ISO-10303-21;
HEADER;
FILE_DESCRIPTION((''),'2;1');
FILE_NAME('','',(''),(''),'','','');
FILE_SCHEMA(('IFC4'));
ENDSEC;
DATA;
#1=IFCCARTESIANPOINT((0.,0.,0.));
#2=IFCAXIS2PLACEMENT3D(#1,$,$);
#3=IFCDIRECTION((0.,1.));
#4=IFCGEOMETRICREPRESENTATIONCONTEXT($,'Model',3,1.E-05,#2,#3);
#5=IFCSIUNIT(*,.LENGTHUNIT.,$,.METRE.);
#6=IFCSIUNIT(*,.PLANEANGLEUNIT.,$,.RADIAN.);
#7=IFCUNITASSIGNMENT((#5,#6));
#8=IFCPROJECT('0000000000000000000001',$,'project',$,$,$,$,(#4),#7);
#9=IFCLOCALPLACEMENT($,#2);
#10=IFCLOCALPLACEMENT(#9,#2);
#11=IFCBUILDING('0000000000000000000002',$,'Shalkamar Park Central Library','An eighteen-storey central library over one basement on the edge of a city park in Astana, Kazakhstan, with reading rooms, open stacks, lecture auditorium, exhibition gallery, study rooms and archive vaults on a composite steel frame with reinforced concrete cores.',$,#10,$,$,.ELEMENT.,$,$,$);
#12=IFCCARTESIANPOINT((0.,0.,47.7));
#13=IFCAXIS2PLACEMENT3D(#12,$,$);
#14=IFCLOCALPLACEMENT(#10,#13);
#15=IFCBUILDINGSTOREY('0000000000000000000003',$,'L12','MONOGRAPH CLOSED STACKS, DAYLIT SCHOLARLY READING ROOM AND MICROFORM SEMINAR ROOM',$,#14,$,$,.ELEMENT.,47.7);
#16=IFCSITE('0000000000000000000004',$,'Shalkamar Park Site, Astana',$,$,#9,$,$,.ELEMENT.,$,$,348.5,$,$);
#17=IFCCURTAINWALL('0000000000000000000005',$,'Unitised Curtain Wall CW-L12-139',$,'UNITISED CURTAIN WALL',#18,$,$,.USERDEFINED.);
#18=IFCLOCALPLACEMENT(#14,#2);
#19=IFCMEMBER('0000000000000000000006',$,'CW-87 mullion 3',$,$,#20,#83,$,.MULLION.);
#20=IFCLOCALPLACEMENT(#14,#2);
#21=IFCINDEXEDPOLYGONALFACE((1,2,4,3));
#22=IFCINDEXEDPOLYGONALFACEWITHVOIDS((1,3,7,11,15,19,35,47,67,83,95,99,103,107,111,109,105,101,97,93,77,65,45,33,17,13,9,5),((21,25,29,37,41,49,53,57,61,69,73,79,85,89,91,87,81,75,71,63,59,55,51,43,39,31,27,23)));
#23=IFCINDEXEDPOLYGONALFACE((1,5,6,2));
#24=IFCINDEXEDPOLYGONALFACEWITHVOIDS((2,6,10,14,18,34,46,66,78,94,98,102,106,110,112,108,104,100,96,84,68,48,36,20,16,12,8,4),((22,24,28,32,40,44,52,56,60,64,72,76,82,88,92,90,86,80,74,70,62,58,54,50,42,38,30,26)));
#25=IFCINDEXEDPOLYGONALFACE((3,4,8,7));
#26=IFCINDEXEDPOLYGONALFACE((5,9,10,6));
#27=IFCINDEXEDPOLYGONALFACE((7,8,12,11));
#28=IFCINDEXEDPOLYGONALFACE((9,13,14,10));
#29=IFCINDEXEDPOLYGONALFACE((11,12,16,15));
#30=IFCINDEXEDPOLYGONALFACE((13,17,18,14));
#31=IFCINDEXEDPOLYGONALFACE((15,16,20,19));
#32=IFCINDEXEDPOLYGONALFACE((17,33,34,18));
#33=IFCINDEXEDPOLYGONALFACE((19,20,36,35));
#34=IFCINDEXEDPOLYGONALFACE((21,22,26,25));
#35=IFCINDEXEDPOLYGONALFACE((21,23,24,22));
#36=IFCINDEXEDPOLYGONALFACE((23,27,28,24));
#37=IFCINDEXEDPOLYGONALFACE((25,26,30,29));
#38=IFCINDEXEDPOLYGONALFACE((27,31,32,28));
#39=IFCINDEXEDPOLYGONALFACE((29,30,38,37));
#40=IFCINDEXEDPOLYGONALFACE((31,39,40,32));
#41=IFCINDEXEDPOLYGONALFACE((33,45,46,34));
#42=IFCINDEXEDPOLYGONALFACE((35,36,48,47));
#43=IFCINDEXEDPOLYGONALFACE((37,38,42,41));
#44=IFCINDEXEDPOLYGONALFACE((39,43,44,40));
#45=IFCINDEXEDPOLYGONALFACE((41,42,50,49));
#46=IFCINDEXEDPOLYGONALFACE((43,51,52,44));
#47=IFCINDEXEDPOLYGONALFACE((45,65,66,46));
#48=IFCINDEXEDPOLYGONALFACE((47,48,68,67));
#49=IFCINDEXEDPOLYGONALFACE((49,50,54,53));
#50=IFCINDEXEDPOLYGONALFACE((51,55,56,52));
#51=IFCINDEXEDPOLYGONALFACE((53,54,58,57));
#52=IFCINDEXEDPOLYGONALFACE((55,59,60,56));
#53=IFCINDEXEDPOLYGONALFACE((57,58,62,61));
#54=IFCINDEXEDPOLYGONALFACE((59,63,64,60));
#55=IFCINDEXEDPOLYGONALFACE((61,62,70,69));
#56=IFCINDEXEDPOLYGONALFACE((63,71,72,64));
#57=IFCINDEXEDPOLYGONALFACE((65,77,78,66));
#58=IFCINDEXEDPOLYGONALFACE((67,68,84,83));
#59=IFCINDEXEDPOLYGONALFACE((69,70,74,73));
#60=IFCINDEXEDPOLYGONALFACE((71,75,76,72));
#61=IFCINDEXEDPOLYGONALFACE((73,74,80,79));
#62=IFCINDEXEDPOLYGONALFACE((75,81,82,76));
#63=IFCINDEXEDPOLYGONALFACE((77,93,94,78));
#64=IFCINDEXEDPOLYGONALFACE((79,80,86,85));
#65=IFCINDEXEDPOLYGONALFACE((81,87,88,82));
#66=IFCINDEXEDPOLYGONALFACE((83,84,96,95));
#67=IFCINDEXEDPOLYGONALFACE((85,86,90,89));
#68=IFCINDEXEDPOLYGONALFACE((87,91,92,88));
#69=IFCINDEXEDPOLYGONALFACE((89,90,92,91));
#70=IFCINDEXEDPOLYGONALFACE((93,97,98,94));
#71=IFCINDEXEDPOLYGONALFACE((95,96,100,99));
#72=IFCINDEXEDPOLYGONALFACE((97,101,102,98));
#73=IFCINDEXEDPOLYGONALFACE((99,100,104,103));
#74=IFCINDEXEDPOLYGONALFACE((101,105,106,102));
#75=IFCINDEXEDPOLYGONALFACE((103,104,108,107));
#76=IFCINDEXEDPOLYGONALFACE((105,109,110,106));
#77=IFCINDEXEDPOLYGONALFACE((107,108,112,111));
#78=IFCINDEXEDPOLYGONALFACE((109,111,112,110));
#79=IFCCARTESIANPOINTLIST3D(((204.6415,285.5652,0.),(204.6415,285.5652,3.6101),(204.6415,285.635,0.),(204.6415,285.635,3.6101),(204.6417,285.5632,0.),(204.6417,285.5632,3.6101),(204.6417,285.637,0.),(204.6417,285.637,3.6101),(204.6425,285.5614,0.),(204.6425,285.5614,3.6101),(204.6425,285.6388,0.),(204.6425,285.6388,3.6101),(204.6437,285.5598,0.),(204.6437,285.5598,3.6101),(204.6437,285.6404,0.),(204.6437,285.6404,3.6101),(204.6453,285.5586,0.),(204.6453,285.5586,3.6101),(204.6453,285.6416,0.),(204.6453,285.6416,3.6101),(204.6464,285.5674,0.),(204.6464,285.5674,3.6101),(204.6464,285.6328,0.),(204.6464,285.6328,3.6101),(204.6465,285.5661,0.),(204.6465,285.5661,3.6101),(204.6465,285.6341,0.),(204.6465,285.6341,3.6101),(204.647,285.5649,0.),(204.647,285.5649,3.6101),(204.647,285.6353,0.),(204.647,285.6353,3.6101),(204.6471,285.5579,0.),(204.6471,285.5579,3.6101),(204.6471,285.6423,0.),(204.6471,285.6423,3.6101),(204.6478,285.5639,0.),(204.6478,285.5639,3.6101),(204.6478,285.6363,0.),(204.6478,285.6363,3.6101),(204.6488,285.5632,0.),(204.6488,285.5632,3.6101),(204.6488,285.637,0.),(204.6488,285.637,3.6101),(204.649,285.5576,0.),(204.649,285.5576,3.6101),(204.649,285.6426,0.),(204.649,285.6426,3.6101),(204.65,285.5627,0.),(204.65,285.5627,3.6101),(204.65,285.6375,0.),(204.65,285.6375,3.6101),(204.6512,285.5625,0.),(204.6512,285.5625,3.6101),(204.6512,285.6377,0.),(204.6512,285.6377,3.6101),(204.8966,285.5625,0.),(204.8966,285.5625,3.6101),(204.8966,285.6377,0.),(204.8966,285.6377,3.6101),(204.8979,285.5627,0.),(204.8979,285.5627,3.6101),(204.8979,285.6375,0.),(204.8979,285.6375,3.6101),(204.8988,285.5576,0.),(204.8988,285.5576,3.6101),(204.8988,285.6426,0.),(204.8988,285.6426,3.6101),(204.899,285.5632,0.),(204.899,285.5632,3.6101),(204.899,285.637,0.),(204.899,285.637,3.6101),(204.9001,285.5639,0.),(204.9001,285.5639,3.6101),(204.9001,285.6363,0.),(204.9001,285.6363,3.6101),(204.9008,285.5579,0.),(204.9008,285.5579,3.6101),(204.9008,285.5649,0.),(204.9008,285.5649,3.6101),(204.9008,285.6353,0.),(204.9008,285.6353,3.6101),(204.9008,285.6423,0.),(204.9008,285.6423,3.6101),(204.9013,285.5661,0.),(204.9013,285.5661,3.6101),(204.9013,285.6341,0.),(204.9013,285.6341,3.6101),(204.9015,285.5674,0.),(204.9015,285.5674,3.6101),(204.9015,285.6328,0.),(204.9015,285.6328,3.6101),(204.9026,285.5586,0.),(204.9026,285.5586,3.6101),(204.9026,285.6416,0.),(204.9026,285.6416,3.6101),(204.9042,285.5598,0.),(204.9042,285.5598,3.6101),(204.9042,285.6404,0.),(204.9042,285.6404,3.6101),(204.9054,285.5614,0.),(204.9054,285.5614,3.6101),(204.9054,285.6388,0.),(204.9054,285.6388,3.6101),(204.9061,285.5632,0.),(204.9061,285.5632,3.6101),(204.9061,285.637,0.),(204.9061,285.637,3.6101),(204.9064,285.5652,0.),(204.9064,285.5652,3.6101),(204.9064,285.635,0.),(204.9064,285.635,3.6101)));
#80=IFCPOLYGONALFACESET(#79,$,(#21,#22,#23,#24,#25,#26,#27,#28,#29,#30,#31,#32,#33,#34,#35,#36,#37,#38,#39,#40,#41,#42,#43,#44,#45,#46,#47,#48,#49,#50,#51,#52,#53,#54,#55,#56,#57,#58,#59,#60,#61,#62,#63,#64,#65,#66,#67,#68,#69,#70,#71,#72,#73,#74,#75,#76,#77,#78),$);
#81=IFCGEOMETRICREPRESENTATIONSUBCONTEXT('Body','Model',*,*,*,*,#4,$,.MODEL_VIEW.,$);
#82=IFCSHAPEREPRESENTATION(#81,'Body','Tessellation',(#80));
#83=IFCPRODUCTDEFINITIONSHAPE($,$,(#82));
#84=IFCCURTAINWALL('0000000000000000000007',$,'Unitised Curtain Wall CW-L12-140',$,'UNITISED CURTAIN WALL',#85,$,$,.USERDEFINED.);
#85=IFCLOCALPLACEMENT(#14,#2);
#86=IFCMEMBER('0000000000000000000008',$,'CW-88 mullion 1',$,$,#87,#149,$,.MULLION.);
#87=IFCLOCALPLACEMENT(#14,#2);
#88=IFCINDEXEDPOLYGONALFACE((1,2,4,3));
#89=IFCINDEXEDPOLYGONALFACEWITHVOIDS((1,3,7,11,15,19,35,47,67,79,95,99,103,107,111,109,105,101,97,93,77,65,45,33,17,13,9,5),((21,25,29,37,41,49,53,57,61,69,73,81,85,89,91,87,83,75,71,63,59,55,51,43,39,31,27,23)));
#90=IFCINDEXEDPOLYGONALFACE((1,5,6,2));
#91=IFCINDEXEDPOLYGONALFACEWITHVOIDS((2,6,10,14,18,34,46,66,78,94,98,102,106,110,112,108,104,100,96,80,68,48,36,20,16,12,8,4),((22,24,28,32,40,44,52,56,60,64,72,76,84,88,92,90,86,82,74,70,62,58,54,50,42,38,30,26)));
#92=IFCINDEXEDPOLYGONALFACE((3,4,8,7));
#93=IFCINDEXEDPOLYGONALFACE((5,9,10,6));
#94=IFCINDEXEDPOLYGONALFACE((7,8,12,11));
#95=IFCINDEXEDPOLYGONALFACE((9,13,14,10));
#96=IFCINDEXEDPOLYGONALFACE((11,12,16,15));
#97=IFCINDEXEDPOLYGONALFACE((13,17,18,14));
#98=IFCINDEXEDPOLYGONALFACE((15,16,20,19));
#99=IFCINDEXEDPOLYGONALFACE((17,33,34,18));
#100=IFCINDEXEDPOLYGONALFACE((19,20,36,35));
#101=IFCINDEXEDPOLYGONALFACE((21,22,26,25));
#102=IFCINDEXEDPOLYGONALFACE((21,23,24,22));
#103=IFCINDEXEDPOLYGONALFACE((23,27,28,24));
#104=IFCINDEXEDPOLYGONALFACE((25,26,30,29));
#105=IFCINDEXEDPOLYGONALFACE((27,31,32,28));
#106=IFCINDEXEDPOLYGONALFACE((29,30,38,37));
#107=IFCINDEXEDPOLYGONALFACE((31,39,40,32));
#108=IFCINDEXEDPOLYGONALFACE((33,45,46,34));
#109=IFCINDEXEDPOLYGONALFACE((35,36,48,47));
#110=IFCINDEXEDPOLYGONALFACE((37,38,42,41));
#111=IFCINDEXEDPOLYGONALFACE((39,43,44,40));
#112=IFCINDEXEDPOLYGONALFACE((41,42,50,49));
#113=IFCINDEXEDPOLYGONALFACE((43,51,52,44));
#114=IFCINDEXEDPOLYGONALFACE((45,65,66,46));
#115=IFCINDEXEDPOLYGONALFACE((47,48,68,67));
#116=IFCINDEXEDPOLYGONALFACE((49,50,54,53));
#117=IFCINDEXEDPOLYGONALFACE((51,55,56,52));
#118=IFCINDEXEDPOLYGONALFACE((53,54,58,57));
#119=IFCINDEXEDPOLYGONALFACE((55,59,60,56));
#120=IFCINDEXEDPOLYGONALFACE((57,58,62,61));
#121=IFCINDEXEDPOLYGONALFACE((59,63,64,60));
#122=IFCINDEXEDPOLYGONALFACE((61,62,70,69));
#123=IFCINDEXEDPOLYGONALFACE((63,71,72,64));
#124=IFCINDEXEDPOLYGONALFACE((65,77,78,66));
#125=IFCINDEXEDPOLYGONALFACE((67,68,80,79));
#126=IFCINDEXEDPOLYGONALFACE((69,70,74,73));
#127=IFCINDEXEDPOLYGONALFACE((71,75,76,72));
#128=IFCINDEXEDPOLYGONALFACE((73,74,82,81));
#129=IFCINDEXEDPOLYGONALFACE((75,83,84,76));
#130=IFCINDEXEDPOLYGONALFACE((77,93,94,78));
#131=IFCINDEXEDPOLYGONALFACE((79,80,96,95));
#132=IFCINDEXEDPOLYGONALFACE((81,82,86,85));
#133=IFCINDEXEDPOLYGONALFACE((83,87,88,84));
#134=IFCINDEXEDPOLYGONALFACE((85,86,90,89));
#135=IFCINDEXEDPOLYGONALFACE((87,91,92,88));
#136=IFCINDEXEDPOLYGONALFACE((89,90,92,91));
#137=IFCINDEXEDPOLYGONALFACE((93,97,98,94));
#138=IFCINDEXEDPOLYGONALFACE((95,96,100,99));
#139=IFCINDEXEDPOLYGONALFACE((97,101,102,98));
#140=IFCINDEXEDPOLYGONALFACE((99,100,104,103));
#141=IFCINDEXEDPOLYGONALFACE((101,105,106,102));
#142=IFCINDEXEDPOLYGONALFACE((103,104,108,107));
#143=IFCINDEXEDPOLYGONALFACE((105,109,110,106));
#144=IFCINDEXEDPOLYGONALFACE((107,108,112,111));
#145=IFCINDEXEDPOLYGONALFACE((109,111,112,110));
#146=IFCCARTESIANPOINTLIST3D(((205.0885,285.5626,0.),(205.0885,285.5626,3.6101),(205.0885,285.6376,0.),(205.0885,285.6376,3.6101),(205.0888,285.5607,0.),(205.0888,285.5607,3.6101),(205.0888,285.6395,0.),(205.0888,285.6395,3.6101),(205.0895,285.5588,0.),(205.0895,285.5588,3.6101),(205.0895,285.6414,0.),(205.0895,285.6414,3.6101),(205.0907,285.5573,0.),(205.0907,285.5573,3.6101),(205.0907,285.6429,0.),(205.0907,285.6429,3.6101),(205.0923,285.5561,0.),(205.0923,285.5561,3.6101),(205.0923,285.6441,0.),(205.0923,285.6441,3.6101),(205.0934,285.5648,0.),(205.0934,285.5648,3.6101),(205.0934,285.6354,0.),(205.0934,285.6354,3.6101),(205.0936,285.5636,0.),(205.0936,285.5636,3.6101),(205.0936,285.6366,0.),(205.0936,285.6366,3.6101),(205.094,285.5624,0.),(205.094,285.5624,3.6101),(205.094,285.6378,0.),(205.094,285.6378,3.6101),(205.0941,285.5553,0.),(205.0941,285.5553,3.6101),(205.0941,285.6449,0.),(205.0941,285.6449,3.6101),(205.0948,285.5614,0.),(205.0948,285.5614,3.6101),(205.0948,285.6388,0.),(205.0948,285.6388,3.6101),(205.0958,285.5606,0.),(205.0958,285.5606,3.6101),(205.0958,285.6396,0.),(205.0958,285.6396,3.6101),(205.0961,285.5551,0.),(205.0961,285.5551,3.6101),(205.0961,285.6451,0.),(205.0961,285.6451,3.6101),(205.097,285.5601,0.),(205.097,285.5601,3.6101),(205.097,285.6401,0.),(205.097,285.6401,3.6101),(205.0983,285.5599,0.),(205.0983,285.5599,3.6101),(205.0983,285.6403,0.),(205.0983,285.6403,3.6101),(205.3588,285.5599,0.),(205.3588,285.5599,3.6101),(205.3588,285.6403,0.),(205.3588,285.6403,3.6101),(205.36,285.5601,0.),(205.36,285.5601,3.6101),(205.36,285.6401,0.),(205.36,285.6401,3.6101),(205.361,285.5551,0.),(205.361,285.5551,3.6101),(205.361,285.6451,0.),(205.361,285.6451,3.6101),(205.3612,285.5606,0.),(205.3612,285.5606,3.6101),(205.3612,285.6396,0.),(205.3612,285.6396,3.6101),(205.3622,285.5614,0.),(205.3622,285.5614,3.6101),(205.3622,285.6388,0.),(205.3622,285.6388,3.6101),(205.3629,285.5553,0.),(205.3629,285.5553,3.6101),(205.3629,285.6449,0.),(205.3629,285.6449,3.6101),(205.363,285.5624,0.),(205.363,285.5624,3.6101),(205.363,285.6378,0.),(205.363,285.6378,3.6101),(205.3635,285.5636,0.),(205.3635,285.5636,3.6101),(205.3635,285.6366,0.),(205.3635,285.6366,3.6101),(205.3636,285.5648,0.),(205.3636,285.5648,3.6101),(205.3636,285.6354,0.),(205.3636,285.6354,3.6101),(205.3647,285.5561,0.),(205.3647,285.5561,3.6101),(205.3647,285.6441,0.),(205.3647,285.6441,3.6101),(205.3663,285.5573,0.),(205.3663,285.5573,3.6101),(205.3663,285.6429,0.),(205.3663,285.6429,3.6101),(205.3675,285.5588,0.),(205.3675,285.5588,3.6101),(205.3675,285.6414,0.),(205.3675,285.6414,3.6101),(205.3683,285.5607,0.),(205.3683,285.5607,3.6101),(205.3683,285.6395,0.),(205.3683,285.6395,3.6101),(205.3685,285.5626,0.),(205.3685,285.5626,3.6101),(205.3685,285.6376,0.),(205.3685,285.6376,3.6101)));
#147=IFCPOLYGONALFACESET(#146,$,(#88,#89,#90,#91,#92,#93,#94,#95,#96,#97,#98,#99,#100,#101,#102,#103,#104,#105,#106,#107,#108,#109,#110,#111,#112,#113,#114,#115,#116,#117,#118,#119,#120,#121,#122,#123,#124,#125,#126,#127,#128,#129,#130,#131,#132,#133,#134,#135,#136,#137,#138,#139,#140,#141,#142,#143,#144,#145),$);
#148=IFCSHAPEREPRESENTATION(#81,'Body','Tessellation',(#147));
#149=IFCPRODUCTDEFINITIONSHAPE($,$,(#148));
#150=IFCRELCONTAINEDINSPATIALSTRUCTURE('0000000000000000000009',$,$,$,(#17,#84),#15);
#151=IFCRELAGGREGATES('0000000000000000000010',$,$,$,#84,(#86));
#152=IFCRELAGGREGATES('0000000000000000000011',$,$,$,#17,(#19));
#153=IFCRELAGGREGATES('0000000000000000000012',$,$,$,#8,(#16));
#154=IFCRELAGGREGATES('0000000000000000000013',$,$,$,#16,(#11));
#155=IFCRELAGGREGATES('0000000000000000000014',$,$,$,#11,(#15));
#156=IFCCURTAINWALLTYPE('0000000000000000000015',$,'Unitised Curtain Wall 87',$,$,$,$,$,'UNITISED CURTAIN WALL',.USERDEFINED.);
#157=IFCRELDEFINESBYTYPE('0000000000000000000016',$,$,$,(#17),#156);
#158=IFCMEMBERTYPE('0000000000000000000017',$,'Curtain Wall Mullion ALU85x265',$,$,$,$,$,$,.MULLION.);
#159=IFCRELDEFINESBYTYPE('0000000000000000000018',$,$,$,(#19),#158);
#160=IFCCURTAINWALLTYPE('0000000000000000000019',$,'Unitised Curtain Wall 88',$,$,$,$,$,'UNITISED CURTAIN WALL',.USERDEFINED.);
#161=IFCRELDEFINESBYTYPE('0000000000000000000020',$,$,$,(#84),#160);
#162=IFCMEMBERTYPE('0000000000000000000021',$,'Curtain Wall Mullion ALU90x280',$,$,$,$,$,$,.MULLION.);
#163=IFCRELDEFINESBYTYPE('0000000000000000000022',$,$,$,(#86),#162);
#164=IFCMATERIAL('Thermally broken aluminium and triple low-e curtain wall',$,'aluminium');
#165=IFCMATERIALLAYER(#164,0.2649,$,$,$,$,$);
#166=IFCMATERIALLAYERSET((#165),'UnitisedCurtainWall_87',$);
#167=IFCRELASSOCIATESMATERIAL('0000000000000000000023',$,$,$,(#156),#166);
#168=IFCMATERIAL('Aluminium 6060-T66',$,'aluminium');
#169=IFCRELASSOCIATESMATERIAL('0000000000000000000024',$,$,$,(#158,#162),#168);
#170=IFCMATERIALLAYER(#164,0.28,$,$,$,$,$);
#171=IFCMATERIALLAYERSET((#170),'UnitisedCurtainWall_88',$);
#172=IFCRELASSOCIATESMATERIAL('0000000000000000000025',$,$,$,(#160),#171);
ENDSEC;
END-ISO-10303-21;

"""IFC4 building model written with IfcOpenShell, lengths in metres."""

from ifc_helpers import new_model, si_unit, direction, frame, origin, origin_2d, place, context, subcontext, project, spatial, hollow_rectangle, extrude, material, layer, layer_set, material_profile, profile_set, type_object, element, aggregate, save


model = new_model("IFC4")

# Units and contexts
model_context = context("Model", 3, precision=1e-05, world=origin(), true_north=direction((0.0, 1.0)))
body_context = subcontext(model_context, "Body", "Model", "MODEL_VIEW")
ifc_project = project(units=[si_unit("LENGTHUNIT", "METRE"), si_unit("PLANEANGLEUNIT", "RADIAN")], contexts=[model_context])

# Site, building, storey
site_placement = place(None, origin())
site = spatial("IfcSite", under=ifc_project, at=site_placement, Name="Shalkamar Park Site, Astana", CompositionType="ELEMENT", RefElevation=348.5)
building_placement = place(site_placement, origin())
building = spatial("IfcBuilding", under=site, at=building_placement, Name="Shalkamar Park Central Library", Description="An eighteen-storey central library over one basement on the edge of a city park in Astana, Kazakhstan, with reading rooms, open stacks, lecture auditorium, exhibition gallery, study rooms and archive vaults on a composite steel frame with reinforced concrete cores.", CompositionType="ELEMENT")
storey_placement = place(building_placement, frame((0.0, 0.0, 47.7)))
storey = spatial("IfcBuildingStorey", under=building, at=storey_placement, Name="L12", Description="MONOGRAPH CLOSED STACKS, DAYLIT SCHOLARLY READING ROOM AND MICROFORM SEMINAR ROOM", CompositionType="ELEMENT", Elevation=47.7)

# Curtain wall, member
ifc_material_1 = material(Name="Thermally broken aluminium and triple low-e curtain wall", Category="aluminium")
ifc_layer_1 = layer(ifc_material_1, 0.2649)
ifc_layer_set_1 = layer_set([ifc_layer_1], Name="UnitisedCurtainWall_87")
curtain_wall_type_1 = type_object("IfcCurtainWallType", Name="Unitised Curtain Wall 87", ElementType="UNITISED CURTAIN WALL", PredefinedType="USERDEFINED", material=ifc_layer_set_1)
curtain_wall_1_placement = place(storey_placement, origin())
curtain_wall_1 = element("IfcCurtainWall", 1, at=curtain_wall_1_placement, inside=storey, type_object=curtain_wall_type_1, Name="Unitised Curtain Wall CW-L12-139", ObjectType="UNITISED CURTAIN WALL", PredefinedType="USERDEFINED")
ifc_material_2 = material(Name="Aluminium 6060-T66", Category="aluminium")
ifc_material_profile_1 = material_profile(ifc_material_2, hollow_rectangle(XDim=0.085, YDim=0.2649, WallThickness=0.0049, InnerFilletRadius=0.0049, OuterFilletRadius=0.0076, at=origin_2d()), Name="ALU 85x265x5")
ifc_profile_set_1 = profile_set([ifc_material_profile_1], Name="Aluminium 6060-T66")
member_type_1 = type_object("IfcMemberType", Name="Curtain Wall Mullion ALU85x265", PredefinedType="MULLION", material=ifc_profile_set_1)
member_1_placement = place(storey_placement, frame((204.7739, 285.6001, 0.0), z_axis=(0.0, 0.0, 1.0), x_axis=(0.0, 1.0, 0.0)))
member_1 = element("IfcMember", 2, at=member_1_placement, type_object=member_type_1, Name="CW-87 mullion 3", PredefinedType="MULLION", context=body_context, shape_type="SweptSolid", body=[
    extrude(hollow_rectangle(XDim=0.085, YDim=0.2649, WallThickness=0.0049, InnerFilletRadius=0.0049, OuterFilletRadius=0.0076, at=origin_2d()), origin(), (0.0, 0.0, 1.0), 3.6101),
])

# Curtain wall, member
ifc_layer_2 = layer(ifc_material_1, 0.28)
ifc_layer_set_2 = layer_set([ifc_layer_2], Name="UnitisedCurtainWall_88")
curtain_wall_type_2 = type_object("IfcCurtainWallType", Name="Unitised Curtain Wall 88", ElementType="UNITISED CURTAIN WALL", PredefinedType="USERDEFINED", material=ifc_layer_set_2)
curtain_wall_2_placement = place(storey_placement, origin())
curtain_wall_2 = element("IfcCurtainWall", 3, at=curtain_wall_2_placement, inside=storey, type_object=curtain_wall_type_2, Name="Unitised Curtain Wall CW-L12-140", ObjectType="UNITISED CURTAIN WALL", PredefinedType="USERDEFINED")
ifc_material_profile_2 = material_profile(ifc_material_2, hollow_rectangle(XDim=0.0901, YDim=0.28, WallThickness=0.0049, InnerFilletRadius=0.0049, OuterFilletRadius=0.0076, at=origin_2d()), Name="ALU 90x280x5")
ifc_profile_set_2 = profile_set([ifc_material_profile_2], Name="Aluminium 6060-T66")
member_type_2 = type_object("IfcMemberType", Name="Curtain Wall Mullion ALU90x280", PredefinedType="MULLION", material=ifc_profile_set_2)
member_2_placement = place(storey_placement, frame((205.2285, 285.6001, 0.0), z_axis=(0.0, 0.0, 1.0), x_axis=(0.0, 1.0, 0.0)))
member_2 = element("IfcMember", 4, at=member_2_placement, type_object=member_type_2, Name="CW-88 mullion 1", PredefinedType="MULLION", context=body_context, shape_type="SweptSolid", body=[
    extrude(hollow_rectangle(XDim=0.0901, YDim=0.28, WallThickness=0.0049, InnerFilletRadius=0.0049, OuterFilletRadius=0.0076, at=origin_2d()), origin(), (0.0, 0.0, 1.0), 3.6101),
])

aggregate(curtain_wall_2, [member_2])

aggregate(curtain_wall_1, [member_1])

save(model, "model.ifc")
